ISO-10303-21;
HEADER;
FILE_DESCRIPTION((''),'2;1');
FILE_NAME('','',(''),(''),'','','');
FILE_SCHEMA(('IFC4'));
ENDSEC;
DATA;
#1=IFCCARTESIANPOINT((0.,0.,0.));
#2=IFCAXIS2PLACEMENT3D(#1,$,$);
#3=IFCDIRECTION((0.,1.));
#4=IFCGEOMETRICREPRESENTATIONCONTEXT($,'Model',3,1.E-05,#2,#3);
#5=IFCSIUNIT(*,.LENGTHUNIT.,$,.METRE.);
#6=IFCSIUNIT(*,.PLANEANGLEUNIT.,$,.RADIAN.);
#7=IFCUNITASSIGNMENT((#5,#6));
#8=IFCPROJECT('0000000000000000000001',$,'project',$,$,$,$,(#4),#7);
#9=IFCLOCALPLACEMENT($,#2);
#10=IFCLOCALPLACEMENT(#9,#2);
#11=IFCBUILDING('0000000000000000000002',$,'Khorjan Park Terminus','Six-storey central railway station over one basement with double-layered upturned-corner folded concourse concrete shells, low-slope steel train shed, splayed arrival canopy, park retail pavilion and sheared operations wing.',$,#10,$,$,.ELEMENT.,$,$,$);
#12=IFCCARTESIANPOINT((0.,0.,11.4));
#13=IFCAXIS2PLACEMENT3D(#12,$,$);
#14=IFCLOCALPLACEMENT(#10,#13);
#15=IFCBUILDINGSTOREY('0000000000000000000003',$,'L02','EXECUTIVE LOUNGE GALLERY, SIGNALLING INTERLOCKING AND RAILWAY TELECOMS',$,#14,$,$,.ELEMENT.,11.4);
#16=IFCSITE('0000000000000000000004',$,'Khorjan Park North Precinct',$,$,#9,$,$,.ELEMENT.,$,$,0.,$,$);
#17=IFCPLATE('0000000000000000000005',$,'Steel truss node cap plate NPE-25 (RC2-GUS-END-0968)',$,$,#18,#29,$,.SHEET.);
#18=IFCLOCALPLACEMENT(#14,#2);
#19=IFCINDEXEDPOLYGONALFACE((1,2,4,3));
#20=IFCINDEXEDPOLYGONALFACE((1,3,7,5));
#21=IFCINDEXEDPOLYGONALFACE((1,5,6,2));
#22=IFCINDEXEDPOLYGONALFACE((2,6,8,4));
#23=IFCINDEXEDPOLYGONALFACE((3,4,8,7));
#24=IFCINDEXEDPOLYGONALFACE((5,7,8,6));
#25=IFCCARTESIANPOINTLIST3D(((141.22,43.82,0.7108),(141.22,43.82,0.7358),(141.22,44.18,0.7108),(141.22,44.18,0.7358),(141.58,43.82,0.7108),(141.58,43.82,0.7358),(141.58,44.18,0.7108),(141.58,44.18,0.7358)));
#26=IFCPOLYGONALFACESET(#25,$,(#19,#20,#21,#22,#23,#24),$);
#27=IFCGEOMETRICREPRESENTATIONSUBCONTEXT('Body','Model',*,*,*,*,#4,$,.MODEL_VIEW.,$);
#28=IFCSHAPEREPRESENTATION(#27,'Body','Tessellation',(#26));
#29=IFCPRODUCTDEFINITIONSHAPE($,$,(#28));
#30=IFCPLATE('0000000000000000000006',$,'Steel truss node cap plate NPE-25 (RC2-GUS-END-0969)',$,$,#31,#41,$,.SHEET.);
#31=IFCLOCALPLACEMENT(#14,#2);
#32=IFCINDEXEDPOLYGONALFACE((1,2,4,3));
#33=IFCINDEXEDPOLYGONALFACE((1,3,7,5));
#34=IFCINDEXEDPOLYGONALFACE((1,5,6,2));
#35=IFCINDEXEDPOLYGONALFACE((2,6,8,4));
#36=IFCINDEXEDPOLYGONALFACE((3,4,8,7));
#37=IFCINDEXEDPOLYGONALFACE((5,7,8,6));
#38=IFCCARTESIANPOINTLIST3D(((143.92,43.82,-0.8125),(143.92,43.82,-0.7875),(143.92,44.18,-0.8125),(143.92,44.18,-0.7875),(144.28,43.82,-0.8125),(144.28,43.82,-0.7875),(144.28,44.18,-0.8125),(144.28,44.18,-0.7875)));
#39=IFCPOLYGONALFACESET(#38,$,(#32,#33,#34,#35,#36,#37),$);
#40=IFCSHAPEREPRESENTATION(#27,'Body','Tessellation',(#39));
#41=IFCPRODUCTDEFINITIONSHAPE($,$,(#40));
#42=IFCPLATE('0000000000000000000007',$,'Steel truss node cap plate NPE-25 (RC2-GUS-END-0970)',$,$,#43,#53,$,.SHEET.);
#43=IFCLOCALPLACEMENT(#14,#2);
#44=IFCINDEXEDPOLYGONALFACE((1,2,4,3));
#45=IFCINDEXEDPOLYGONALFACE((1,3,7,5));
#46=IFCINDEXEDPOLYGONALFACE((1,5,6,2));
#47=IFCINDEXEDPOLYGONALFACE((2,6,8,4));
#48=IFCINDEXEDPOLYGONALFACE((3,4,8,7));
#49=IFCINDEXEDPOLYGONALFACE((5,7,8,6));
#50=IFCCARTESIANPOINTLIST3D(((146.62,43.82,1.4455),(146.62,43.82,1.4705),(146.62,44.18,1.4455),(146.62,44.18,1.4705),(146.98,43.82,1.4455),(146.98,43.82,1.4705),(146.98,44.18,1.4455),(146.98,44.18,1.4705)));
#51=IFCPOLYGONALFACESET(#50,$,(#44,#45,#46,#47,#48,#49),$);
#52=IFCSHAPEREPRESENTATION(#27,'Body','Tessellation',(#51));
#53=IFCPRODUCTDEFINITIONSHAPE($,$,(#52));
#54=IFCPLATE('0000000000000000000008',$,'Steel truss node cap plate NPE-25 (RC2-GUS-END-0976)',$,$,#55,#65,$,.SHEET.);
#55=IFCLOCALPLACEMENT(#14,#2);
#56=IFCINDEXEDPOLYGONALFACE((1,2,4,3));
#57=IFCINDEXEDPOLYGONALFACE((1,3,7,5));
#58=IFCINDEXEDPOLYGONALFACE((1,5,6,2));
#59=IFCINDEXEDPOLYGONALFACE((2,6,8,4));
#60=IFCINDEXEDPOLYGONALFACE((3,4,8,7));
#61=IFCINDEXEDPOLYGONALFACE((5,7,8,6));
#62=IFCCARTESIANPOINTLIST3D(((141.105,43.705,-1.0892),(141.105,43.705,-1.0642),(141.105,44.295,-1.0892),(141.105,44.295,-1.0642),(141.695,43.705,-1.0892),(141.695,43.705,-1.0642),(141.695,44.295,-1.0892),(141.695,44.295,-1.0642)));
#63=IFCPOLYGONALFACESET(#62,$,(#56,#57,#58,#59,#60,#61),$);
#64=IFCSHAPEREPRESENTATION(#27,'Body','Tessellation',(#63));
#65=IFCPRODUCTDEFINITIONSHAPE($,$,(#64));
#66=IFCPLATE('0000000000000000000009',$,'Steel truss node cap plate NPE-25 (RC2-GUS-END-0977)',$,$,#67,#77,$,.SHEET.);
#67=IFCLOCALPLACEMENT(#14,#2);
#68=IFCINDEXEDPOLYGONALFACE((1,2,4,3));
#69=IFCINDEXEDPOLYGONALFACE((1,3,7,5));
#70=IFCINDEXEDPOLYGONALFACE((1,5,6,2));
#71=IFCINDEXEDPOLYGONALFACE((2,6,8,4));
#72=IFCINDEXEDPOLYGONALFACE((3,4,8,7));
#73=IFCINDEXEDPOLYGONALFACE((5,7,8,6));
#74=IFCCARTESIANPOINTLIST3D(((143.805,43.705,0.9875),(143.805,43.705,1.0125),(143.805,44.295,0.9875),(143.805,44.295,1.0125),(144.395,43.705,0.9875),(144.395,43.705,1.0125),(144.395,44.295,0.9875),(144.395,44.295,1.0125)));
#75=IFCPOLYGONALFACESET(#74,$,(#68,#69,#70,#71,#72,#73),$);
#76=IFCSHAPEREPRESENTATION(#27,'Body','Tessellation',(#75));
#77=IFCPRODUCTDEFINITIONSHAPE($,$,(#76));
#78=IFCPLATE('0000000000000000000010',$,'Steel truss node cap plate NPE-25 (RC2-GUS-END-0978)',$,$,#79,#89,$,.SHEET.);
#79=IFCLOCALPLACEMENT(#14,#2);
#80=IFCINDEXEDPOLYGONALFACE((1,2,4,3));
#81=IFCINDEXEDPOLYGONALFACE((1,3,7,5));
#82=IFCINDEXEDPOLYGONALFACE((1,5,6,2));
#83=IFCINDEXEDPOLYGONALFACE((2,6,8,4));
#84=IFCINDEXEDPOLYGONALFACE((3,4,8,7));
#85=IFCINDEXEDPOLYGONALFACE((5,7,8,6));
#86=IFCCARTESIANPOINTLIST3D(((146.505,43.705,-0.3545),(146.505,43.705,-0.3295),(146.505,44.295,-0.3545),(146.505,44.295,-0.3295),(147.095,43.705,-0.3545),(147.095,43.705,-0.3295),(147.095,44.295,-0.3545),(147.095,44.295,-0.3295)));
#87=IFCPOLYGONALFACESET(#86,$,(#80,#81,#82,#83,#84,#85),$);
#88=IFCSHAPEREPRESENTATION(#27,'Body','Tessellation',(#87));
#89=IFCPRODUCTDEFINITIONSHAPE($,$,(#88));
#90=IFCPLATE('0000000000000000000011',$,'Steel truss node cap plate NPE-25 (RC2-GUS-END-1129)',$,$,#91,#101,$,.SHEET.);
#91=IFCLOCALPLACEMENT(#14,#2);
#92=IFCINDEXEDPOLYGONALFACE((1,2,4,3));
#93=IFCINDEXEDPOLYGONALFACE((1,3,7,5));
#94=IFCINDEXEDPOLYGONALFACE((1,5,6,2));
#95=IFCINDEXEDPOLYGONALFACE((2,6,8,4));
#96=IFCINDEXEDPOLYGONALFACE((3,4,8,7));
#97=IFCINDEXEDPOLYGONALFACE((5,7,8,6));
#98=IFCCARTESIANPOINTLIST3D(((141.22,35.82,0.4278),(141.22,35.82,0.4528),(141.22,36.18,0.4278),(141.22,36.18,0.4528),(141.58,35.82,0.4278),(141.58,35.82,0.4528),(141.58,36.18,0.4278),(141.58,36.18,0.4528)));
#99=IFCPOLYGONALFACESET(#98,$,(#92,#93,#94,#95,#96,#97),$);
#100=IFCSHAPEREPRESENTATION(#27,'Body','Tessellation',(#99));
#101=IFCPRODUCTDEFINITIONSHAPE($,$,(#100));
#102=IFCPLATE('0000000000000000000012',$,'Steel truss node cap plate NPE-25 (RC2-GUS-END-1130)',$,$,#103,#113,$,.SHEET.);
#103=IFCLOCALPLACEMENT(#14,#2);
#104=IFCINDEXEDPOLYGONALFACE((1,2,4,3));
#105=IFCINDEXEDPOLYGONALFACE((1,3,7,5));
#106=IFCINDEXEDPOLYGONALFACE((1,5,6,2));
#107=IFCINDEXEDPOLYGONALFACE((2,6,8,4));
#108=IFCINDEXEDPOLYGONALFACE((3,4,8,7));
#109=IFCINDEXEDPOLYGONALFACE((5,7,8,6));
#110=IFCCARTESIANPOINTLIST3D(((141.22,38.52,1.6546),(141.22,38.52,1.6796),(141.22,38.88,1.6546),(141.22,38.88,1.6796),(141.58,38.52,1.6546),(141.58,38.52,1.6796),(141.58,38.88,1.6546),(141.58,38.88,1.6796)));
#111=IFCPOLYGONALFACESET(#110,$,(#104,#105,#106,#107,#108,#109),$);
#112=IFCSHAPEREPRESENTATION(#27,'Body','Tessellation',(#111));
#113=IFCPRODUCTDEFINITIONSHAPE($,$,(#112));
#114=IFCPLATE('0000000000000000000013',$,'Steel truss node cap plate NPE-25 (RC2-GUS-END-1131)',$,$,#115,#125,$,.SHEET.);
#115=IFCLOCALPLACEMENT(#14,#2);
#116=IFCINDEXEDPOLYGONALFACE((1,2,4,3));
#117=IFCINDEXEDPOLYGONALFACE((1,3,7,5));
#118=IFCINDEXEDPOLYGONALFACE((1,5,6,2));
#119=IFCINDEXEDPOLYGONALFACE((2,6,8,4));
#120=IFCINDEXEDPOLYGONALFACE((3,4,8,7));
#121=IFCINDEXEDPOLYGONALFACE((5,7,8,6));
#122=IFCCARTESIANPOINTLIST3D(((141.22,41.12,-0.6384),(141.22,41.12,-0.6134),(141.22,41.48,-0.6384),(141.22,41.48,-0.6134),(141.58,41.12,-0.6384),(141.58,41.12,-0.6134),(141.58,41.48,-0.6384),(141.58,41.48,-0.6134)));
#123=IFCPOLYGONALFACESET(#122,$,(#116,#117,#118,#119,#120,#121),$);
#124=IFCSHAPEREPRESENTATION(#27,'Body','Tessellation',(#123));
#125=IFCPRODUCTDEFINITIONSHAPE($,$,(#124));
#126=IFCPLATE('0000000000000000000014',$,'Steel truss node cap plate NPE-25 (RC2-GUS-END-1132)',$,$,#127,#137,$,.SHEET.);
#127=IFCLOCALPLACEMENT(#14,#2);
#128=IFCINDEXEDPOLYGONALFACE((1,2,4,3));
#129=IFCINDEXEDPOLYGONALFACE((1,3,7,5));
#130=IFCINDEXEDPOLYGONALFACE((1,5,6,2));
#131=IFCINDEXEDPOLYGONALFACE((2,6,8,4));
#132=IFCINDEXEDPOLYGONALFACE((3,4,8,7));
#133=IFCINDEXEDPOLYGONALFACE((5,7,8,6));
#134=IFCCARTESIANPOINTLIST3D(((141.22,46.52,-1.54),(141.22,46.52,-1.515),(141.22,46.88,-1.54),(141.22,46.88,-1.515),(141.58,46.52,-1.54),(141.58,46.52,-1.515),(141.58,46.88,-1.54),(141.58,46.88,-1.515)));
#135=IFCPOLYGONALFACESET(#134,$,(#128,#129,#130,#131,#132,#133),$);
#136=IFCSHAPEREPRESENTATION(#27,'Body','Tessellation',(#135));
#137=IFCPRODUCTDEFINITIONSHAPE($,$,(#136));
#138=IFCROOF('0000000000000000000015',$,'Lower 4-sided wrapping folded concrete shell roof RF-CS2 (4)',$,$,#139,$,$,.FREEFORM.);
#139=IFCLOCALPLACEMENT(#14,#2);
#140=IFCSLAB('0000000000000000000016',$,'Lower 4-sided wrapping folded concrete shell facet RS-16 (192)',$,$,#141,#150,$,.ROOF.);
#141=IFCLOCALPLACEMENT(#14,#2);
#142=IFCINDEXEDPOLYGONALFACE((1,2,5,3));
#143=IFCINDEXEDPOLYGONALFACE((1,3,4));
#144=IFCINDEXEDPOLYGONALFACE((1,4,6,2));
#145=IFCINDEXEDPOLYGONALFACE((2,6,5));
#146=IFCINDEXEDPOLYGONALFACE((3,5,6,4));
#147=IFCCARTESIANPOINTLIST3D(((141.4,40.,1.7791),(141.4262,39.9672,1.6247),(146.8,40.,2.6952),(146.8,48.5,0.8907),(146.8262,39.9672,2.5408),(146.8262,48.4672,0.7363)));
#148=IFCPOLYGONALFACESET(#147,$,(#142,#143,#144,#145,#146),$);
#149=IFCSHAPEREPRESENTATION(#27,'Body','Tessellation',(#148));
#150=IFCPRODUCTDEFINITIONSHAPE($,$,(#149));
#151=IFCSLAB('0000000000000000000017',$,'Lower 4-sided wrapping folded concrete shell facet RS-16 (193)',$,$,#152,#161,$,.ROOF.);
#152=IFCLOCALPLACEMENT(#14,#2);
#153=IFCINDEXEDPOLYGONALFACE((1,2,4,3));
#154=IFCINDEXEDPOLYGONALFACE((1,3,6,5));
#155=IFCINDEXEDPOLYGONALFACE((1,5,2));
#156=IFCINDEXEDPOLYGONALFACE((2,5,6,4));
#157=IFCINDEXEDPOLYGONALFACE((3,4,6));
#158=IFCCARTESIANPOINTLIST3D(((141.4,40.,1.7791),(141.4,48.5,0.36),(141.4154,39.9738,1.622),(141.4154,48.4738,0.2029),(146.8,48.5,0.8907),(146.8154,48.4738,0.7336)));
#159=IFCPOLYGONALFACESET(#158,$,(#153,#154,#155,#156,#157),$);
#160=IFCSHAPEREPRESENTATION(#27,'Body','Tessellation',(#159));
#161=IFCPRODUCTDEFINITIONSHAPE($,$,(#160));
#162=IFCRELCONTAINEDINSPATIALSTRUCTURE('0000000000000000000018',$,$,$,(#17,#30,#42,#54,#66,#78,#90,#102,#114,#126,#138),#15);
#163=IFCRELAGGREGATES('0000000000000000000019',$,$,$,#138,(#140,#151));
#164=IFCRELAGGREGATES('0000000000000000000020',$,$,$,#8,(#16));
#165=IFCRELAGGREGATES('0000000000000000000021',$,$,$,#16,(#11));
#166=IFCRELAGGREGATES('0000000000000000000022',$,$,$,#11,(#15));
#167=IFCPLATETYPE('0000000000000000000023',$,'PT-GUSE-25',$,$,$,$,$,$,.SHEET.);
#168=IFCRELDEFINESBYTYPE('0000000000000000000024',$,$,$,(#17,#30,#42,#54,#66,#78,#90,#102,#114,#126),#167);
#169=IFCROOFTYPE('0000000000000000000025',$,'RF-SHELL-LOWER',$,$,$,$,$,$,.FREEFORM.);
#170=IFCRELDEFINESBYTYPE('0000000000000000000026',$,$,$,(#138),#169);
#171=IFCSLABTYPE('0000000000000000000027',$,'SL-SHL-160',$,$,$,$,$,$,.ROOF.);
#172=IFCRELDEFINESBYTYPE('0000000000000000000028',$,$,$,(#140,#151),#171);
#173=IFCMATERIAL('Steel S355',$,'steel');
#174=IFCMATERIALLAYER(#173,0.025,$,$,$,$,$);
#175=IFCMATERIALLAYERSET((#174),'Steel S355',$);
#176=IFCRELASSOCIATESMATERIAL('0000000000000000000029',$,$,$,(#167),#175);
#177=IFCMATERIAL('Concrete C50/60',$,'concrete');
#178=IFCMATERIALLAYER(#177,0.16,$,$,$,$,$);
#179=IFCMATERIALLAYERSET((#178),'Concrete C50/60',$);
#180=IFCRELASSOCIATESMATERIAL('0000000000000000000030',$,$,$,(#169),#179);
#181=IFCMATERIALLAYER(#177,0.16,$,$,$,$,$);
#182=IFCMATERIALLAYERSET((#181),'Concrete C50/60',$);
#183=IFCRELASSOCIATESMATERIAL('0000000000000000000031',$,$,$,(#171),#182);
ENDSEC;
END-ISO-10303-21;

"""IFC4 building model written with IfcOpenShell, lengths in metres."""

from ifc_helpers import new_model, si_unit, direction, frame, origin, origin_2d, place, context, subcontext, project, spatial, polyline, rectangle, outline, extrude, material, layer, layer_set, type_object, element, aggregate, save


model = new_model("IFC4")

# Units and contexts
model_context = context("Model", 3, precision=1e-05, world=origin(), true_north=direction((0.0, 1.0)))
body_context = subcontext(model_context, "Body", "Model", "MODEL_VIEW")
ifc_project = project(units=[si_unit("LENGTHUNIT", "METRE"), si_unit("PLANEANGLEUNIT", "RADIAN")], contexts=[model_context])

# Site, building, storey
site_placement = place(None, origin())
site = spatial("IfcSite", under=ifc_project, at=site_placement, Name="Khorjan Park North Precinct", CompositionType="ELEMENT", RefElevation=0.0)
building_placement = place(site_placement, origin())
building = spatial("IfcBuilding", under=site, at=building_placement, Name="Khorjan Park Terminus", Description="Six-storey central railway station over one basement with double-layered upturned-corner folded concourse concrete shells, low-slope steel train shed, splayed arrival canopy, park retail pavilion and sheared operations wing.", CompositionType="ELEMENT")
storey_placement = place(building_placement, frame((0.0, 0.0, 11.4)))
storey = spatial("IfcBuildingStorey", under=building, at=storey_placement, Name="L02", Description="EXECUTIVE LOUNGE GALLERY, SIGNALLING INTERLOCKING AND RAILWAY TELECOMS", CompositionType="ELEMENT", Elevation=11.4)

# Shared definitions
ifc_material_1 = material(Name="Steel S355", Category="steel")

# Plates
ifc_layer_1 = layer(ifc_material_1, 0.025)
ifc_layer_set_1 = layer_set([ifc_layer_1], Name="Steel S355")
plate_type = type_object("IfcPlateType", Name="PT-GUSE-25", PredefinedType="SHEET", material=ifc_layer_set_1)
for number, where, z_axis, x_axis, name in (
    (1, (141.4, 44.0, 0.7108), (0.0, 0.0, 1.0), (1.0, 0.0, 0.0), "Steel truss node cap plate NPE-25 (RC2-GUS-END-0968)"),
    (2, (144.1, 44.0, -0.8125), (0.0, 0.0, 1.0), (1.0, 0.0, 0.0), "Steel truss node cap plate NPE-25 (RC2-GUS-END-0969)"),
    (3, (146.8, 44.0, 1.4455), (0.0, 0.0, 1.0), (1.0, 0.0, 0.0), "Steel truss node cap plate NPE-25 (RC2-GUS-END-0970)"),
):
    element("IfcPlate", number, at=place(storey_placement, frame(where, z_axis=z_axis, x_axis=x_axis)), inside=storey, type_object=plate_type, Name=name, PredefinedType="SHEET", context=body_context, shape_type="SweptSolid", body=[
        extrude(rectangle(XDim=0.36, YDim=0.36, at=origin_2d()), origin(), (0.0, 0.0, 1.0), 0.025),
    ])
for number, where, z_axis, x_axis, name in (
    (4, (141.4, 44.0, -1.0892), (0.0, 0.0, 1.0), (1.0, 0.0, 0.0), "Steel truss node cap plate NPE-25 (RC2-GUS-END-0976)"),
    (5, (144.1, 44.0, 0.9875), (0.0, 0.0, 1.0), (1.0, 0.0, 0.0), "Steel truss node cap plate NPE-25 (RC2-GUS-END-0977)"),
    (6, (146.8, 44.0, -0.3545), (0.0, 0.0, 1.0), (1.0, 0.0, 0.0), "Steel truss node cap plate NPE-25 (RC2-GUS-END-0978)"),
):
    element("IfcPlate", number, at=place(storey_placement, frame(where, z_axis=z_axis, x_axis=x_axis)), inside=storey, type_object=plate_type, Name=name, PredefinedType="SHEET", context=body_context, shape_type="SweptSolid", body=[
        extrude(rectangle(XDim=0.59, YDim=0.59, at=origin_2d()), origin(), (0.0, 0.0, 1.0), 0.025),
    ])
for number, where, z_axis, x_axis, name in (
    (7, (141.4, 36.0, 0.4278), (0.0, 0.0, 1.0), (1.0, 0.0, 0.0), "Steel truss node cap plate NPE-25 (RC2-GUS-END-1129)"),
    (8, (141.4, 38.7, 1.6546), (0.0, 0.0, 1.0), (1.0, 0.0, 0.0), "Steel truss node cap plate NPE-25 (RC2-GUS-END-1130)"),
    (9, (141.4, 41.3, -0.6384), (0.0, 0.0, 1.0), (1.0, 0.0, 0.0), "Steel truss node cap plate NPE-25 (RC2-GUS-END-1131)"),
    (10, (141.4, 46.7, -1.54), (0.0, 0.0, 1.0), (1.0, 0.0, 0.0), "Steel truss node cap plate NPE-25 (RC2-GUS-END-1132)"),
):
    element("IfcPlate", number, at=place(storey_placement, frame(where, z_axis=z_axis, x_axis=x_axis)), inside=storey, type_object=plate_type, Name=name, PredefinedType="SHEET", context=body_context, shape_type="SweptSolid", body=[
        extrude(rectangle(XDim=0.36, YDim=0.36, at=origin_2d()), origin(), (0.0, 0.0, 1.0), 0.025),
    ])

# Roof, slabs
ifc_material_2 = material(Name="Concrete C50/60", Category="concrete")
ifc_layer_2 = layer(ifc_material_2, 0.16)
ifc_layer_set_2 = layer_set([ifc_layer_2], Name="Concrete C50/60")
roof_type = type_object("IfcRoofType", Name="RF-SHELL-LOWER", PredefinedType="FREEFORM", material=ifc_layer_set_2)
roof_placement = place(storey_placement, origin())
roof = element("IfcRoof", 11, at=roof_placement, inside=storey, type_object=roof_type, Name="Lower 4-sided wrapping folded concrete shell roof RF-CS2 (4)", PredefinedType="FREEFORM")
ifc_layer_3 = layer(ifc_material_2, 0.16)
ifc_layer_set_3 = layer_set([ifc_layer_3], Name="Concrete C50/60")
slab_type = type_object("IfcSlabType", Name="SL-SHL-160", PredefinedType="ROOF", material=ifc_layer_set_3)
slab_1_placement = place(storey_placement, frame((141.4, 40.0, 1.7791), z_axis=(-0.163711, 0.204864, 0.965002), x_axis=(0.985913, 0.0, 0.167258)))
slab_1 = element("IfcSlab", 12, at=slab_1_placement, type_object=slab_type, Name="Lower 4-sided wrapping folded concrete shell facet RS-16 (192)", PredefinedType="ROOF", context=body_context, shape_type="SweptSolid", body=[
    extrude(outline(polyline([(0.0, 0.0), (5.4772, 0.0), (5.1753, 8.6842), (0.0, 0.0)])), origin(), (0.0, 0.0, -1.0), 0.16),
])
slab_2_placement = place(storey_placement, frame((141.4, 40.0, 1.7791), z_axis=(-0.096484, 0.163905, 0.981746), x_axis=(0.534158, 0.840805, -0.087879)))
slab_2 = element("IfcSlab", 13, at=slab_2_placement, type_object=slab_type, Name="Lower 4-sided wrapping folded concrete shell facet RS-16 (193)", PredefinedType="ROOF", context=body_context, shape_type="SweptSolid", body=[
    extrude(outline(polyline([(0.0, 0.0), (10.1094, 0.0), (7.2715, 4.6248), (0.0, 0.0)])), origin(), (0.0, 0.0, -1.0), 0.16),
])
aggregate(roof, [slab_1, slab_2])

save(model, "model.ifc")
